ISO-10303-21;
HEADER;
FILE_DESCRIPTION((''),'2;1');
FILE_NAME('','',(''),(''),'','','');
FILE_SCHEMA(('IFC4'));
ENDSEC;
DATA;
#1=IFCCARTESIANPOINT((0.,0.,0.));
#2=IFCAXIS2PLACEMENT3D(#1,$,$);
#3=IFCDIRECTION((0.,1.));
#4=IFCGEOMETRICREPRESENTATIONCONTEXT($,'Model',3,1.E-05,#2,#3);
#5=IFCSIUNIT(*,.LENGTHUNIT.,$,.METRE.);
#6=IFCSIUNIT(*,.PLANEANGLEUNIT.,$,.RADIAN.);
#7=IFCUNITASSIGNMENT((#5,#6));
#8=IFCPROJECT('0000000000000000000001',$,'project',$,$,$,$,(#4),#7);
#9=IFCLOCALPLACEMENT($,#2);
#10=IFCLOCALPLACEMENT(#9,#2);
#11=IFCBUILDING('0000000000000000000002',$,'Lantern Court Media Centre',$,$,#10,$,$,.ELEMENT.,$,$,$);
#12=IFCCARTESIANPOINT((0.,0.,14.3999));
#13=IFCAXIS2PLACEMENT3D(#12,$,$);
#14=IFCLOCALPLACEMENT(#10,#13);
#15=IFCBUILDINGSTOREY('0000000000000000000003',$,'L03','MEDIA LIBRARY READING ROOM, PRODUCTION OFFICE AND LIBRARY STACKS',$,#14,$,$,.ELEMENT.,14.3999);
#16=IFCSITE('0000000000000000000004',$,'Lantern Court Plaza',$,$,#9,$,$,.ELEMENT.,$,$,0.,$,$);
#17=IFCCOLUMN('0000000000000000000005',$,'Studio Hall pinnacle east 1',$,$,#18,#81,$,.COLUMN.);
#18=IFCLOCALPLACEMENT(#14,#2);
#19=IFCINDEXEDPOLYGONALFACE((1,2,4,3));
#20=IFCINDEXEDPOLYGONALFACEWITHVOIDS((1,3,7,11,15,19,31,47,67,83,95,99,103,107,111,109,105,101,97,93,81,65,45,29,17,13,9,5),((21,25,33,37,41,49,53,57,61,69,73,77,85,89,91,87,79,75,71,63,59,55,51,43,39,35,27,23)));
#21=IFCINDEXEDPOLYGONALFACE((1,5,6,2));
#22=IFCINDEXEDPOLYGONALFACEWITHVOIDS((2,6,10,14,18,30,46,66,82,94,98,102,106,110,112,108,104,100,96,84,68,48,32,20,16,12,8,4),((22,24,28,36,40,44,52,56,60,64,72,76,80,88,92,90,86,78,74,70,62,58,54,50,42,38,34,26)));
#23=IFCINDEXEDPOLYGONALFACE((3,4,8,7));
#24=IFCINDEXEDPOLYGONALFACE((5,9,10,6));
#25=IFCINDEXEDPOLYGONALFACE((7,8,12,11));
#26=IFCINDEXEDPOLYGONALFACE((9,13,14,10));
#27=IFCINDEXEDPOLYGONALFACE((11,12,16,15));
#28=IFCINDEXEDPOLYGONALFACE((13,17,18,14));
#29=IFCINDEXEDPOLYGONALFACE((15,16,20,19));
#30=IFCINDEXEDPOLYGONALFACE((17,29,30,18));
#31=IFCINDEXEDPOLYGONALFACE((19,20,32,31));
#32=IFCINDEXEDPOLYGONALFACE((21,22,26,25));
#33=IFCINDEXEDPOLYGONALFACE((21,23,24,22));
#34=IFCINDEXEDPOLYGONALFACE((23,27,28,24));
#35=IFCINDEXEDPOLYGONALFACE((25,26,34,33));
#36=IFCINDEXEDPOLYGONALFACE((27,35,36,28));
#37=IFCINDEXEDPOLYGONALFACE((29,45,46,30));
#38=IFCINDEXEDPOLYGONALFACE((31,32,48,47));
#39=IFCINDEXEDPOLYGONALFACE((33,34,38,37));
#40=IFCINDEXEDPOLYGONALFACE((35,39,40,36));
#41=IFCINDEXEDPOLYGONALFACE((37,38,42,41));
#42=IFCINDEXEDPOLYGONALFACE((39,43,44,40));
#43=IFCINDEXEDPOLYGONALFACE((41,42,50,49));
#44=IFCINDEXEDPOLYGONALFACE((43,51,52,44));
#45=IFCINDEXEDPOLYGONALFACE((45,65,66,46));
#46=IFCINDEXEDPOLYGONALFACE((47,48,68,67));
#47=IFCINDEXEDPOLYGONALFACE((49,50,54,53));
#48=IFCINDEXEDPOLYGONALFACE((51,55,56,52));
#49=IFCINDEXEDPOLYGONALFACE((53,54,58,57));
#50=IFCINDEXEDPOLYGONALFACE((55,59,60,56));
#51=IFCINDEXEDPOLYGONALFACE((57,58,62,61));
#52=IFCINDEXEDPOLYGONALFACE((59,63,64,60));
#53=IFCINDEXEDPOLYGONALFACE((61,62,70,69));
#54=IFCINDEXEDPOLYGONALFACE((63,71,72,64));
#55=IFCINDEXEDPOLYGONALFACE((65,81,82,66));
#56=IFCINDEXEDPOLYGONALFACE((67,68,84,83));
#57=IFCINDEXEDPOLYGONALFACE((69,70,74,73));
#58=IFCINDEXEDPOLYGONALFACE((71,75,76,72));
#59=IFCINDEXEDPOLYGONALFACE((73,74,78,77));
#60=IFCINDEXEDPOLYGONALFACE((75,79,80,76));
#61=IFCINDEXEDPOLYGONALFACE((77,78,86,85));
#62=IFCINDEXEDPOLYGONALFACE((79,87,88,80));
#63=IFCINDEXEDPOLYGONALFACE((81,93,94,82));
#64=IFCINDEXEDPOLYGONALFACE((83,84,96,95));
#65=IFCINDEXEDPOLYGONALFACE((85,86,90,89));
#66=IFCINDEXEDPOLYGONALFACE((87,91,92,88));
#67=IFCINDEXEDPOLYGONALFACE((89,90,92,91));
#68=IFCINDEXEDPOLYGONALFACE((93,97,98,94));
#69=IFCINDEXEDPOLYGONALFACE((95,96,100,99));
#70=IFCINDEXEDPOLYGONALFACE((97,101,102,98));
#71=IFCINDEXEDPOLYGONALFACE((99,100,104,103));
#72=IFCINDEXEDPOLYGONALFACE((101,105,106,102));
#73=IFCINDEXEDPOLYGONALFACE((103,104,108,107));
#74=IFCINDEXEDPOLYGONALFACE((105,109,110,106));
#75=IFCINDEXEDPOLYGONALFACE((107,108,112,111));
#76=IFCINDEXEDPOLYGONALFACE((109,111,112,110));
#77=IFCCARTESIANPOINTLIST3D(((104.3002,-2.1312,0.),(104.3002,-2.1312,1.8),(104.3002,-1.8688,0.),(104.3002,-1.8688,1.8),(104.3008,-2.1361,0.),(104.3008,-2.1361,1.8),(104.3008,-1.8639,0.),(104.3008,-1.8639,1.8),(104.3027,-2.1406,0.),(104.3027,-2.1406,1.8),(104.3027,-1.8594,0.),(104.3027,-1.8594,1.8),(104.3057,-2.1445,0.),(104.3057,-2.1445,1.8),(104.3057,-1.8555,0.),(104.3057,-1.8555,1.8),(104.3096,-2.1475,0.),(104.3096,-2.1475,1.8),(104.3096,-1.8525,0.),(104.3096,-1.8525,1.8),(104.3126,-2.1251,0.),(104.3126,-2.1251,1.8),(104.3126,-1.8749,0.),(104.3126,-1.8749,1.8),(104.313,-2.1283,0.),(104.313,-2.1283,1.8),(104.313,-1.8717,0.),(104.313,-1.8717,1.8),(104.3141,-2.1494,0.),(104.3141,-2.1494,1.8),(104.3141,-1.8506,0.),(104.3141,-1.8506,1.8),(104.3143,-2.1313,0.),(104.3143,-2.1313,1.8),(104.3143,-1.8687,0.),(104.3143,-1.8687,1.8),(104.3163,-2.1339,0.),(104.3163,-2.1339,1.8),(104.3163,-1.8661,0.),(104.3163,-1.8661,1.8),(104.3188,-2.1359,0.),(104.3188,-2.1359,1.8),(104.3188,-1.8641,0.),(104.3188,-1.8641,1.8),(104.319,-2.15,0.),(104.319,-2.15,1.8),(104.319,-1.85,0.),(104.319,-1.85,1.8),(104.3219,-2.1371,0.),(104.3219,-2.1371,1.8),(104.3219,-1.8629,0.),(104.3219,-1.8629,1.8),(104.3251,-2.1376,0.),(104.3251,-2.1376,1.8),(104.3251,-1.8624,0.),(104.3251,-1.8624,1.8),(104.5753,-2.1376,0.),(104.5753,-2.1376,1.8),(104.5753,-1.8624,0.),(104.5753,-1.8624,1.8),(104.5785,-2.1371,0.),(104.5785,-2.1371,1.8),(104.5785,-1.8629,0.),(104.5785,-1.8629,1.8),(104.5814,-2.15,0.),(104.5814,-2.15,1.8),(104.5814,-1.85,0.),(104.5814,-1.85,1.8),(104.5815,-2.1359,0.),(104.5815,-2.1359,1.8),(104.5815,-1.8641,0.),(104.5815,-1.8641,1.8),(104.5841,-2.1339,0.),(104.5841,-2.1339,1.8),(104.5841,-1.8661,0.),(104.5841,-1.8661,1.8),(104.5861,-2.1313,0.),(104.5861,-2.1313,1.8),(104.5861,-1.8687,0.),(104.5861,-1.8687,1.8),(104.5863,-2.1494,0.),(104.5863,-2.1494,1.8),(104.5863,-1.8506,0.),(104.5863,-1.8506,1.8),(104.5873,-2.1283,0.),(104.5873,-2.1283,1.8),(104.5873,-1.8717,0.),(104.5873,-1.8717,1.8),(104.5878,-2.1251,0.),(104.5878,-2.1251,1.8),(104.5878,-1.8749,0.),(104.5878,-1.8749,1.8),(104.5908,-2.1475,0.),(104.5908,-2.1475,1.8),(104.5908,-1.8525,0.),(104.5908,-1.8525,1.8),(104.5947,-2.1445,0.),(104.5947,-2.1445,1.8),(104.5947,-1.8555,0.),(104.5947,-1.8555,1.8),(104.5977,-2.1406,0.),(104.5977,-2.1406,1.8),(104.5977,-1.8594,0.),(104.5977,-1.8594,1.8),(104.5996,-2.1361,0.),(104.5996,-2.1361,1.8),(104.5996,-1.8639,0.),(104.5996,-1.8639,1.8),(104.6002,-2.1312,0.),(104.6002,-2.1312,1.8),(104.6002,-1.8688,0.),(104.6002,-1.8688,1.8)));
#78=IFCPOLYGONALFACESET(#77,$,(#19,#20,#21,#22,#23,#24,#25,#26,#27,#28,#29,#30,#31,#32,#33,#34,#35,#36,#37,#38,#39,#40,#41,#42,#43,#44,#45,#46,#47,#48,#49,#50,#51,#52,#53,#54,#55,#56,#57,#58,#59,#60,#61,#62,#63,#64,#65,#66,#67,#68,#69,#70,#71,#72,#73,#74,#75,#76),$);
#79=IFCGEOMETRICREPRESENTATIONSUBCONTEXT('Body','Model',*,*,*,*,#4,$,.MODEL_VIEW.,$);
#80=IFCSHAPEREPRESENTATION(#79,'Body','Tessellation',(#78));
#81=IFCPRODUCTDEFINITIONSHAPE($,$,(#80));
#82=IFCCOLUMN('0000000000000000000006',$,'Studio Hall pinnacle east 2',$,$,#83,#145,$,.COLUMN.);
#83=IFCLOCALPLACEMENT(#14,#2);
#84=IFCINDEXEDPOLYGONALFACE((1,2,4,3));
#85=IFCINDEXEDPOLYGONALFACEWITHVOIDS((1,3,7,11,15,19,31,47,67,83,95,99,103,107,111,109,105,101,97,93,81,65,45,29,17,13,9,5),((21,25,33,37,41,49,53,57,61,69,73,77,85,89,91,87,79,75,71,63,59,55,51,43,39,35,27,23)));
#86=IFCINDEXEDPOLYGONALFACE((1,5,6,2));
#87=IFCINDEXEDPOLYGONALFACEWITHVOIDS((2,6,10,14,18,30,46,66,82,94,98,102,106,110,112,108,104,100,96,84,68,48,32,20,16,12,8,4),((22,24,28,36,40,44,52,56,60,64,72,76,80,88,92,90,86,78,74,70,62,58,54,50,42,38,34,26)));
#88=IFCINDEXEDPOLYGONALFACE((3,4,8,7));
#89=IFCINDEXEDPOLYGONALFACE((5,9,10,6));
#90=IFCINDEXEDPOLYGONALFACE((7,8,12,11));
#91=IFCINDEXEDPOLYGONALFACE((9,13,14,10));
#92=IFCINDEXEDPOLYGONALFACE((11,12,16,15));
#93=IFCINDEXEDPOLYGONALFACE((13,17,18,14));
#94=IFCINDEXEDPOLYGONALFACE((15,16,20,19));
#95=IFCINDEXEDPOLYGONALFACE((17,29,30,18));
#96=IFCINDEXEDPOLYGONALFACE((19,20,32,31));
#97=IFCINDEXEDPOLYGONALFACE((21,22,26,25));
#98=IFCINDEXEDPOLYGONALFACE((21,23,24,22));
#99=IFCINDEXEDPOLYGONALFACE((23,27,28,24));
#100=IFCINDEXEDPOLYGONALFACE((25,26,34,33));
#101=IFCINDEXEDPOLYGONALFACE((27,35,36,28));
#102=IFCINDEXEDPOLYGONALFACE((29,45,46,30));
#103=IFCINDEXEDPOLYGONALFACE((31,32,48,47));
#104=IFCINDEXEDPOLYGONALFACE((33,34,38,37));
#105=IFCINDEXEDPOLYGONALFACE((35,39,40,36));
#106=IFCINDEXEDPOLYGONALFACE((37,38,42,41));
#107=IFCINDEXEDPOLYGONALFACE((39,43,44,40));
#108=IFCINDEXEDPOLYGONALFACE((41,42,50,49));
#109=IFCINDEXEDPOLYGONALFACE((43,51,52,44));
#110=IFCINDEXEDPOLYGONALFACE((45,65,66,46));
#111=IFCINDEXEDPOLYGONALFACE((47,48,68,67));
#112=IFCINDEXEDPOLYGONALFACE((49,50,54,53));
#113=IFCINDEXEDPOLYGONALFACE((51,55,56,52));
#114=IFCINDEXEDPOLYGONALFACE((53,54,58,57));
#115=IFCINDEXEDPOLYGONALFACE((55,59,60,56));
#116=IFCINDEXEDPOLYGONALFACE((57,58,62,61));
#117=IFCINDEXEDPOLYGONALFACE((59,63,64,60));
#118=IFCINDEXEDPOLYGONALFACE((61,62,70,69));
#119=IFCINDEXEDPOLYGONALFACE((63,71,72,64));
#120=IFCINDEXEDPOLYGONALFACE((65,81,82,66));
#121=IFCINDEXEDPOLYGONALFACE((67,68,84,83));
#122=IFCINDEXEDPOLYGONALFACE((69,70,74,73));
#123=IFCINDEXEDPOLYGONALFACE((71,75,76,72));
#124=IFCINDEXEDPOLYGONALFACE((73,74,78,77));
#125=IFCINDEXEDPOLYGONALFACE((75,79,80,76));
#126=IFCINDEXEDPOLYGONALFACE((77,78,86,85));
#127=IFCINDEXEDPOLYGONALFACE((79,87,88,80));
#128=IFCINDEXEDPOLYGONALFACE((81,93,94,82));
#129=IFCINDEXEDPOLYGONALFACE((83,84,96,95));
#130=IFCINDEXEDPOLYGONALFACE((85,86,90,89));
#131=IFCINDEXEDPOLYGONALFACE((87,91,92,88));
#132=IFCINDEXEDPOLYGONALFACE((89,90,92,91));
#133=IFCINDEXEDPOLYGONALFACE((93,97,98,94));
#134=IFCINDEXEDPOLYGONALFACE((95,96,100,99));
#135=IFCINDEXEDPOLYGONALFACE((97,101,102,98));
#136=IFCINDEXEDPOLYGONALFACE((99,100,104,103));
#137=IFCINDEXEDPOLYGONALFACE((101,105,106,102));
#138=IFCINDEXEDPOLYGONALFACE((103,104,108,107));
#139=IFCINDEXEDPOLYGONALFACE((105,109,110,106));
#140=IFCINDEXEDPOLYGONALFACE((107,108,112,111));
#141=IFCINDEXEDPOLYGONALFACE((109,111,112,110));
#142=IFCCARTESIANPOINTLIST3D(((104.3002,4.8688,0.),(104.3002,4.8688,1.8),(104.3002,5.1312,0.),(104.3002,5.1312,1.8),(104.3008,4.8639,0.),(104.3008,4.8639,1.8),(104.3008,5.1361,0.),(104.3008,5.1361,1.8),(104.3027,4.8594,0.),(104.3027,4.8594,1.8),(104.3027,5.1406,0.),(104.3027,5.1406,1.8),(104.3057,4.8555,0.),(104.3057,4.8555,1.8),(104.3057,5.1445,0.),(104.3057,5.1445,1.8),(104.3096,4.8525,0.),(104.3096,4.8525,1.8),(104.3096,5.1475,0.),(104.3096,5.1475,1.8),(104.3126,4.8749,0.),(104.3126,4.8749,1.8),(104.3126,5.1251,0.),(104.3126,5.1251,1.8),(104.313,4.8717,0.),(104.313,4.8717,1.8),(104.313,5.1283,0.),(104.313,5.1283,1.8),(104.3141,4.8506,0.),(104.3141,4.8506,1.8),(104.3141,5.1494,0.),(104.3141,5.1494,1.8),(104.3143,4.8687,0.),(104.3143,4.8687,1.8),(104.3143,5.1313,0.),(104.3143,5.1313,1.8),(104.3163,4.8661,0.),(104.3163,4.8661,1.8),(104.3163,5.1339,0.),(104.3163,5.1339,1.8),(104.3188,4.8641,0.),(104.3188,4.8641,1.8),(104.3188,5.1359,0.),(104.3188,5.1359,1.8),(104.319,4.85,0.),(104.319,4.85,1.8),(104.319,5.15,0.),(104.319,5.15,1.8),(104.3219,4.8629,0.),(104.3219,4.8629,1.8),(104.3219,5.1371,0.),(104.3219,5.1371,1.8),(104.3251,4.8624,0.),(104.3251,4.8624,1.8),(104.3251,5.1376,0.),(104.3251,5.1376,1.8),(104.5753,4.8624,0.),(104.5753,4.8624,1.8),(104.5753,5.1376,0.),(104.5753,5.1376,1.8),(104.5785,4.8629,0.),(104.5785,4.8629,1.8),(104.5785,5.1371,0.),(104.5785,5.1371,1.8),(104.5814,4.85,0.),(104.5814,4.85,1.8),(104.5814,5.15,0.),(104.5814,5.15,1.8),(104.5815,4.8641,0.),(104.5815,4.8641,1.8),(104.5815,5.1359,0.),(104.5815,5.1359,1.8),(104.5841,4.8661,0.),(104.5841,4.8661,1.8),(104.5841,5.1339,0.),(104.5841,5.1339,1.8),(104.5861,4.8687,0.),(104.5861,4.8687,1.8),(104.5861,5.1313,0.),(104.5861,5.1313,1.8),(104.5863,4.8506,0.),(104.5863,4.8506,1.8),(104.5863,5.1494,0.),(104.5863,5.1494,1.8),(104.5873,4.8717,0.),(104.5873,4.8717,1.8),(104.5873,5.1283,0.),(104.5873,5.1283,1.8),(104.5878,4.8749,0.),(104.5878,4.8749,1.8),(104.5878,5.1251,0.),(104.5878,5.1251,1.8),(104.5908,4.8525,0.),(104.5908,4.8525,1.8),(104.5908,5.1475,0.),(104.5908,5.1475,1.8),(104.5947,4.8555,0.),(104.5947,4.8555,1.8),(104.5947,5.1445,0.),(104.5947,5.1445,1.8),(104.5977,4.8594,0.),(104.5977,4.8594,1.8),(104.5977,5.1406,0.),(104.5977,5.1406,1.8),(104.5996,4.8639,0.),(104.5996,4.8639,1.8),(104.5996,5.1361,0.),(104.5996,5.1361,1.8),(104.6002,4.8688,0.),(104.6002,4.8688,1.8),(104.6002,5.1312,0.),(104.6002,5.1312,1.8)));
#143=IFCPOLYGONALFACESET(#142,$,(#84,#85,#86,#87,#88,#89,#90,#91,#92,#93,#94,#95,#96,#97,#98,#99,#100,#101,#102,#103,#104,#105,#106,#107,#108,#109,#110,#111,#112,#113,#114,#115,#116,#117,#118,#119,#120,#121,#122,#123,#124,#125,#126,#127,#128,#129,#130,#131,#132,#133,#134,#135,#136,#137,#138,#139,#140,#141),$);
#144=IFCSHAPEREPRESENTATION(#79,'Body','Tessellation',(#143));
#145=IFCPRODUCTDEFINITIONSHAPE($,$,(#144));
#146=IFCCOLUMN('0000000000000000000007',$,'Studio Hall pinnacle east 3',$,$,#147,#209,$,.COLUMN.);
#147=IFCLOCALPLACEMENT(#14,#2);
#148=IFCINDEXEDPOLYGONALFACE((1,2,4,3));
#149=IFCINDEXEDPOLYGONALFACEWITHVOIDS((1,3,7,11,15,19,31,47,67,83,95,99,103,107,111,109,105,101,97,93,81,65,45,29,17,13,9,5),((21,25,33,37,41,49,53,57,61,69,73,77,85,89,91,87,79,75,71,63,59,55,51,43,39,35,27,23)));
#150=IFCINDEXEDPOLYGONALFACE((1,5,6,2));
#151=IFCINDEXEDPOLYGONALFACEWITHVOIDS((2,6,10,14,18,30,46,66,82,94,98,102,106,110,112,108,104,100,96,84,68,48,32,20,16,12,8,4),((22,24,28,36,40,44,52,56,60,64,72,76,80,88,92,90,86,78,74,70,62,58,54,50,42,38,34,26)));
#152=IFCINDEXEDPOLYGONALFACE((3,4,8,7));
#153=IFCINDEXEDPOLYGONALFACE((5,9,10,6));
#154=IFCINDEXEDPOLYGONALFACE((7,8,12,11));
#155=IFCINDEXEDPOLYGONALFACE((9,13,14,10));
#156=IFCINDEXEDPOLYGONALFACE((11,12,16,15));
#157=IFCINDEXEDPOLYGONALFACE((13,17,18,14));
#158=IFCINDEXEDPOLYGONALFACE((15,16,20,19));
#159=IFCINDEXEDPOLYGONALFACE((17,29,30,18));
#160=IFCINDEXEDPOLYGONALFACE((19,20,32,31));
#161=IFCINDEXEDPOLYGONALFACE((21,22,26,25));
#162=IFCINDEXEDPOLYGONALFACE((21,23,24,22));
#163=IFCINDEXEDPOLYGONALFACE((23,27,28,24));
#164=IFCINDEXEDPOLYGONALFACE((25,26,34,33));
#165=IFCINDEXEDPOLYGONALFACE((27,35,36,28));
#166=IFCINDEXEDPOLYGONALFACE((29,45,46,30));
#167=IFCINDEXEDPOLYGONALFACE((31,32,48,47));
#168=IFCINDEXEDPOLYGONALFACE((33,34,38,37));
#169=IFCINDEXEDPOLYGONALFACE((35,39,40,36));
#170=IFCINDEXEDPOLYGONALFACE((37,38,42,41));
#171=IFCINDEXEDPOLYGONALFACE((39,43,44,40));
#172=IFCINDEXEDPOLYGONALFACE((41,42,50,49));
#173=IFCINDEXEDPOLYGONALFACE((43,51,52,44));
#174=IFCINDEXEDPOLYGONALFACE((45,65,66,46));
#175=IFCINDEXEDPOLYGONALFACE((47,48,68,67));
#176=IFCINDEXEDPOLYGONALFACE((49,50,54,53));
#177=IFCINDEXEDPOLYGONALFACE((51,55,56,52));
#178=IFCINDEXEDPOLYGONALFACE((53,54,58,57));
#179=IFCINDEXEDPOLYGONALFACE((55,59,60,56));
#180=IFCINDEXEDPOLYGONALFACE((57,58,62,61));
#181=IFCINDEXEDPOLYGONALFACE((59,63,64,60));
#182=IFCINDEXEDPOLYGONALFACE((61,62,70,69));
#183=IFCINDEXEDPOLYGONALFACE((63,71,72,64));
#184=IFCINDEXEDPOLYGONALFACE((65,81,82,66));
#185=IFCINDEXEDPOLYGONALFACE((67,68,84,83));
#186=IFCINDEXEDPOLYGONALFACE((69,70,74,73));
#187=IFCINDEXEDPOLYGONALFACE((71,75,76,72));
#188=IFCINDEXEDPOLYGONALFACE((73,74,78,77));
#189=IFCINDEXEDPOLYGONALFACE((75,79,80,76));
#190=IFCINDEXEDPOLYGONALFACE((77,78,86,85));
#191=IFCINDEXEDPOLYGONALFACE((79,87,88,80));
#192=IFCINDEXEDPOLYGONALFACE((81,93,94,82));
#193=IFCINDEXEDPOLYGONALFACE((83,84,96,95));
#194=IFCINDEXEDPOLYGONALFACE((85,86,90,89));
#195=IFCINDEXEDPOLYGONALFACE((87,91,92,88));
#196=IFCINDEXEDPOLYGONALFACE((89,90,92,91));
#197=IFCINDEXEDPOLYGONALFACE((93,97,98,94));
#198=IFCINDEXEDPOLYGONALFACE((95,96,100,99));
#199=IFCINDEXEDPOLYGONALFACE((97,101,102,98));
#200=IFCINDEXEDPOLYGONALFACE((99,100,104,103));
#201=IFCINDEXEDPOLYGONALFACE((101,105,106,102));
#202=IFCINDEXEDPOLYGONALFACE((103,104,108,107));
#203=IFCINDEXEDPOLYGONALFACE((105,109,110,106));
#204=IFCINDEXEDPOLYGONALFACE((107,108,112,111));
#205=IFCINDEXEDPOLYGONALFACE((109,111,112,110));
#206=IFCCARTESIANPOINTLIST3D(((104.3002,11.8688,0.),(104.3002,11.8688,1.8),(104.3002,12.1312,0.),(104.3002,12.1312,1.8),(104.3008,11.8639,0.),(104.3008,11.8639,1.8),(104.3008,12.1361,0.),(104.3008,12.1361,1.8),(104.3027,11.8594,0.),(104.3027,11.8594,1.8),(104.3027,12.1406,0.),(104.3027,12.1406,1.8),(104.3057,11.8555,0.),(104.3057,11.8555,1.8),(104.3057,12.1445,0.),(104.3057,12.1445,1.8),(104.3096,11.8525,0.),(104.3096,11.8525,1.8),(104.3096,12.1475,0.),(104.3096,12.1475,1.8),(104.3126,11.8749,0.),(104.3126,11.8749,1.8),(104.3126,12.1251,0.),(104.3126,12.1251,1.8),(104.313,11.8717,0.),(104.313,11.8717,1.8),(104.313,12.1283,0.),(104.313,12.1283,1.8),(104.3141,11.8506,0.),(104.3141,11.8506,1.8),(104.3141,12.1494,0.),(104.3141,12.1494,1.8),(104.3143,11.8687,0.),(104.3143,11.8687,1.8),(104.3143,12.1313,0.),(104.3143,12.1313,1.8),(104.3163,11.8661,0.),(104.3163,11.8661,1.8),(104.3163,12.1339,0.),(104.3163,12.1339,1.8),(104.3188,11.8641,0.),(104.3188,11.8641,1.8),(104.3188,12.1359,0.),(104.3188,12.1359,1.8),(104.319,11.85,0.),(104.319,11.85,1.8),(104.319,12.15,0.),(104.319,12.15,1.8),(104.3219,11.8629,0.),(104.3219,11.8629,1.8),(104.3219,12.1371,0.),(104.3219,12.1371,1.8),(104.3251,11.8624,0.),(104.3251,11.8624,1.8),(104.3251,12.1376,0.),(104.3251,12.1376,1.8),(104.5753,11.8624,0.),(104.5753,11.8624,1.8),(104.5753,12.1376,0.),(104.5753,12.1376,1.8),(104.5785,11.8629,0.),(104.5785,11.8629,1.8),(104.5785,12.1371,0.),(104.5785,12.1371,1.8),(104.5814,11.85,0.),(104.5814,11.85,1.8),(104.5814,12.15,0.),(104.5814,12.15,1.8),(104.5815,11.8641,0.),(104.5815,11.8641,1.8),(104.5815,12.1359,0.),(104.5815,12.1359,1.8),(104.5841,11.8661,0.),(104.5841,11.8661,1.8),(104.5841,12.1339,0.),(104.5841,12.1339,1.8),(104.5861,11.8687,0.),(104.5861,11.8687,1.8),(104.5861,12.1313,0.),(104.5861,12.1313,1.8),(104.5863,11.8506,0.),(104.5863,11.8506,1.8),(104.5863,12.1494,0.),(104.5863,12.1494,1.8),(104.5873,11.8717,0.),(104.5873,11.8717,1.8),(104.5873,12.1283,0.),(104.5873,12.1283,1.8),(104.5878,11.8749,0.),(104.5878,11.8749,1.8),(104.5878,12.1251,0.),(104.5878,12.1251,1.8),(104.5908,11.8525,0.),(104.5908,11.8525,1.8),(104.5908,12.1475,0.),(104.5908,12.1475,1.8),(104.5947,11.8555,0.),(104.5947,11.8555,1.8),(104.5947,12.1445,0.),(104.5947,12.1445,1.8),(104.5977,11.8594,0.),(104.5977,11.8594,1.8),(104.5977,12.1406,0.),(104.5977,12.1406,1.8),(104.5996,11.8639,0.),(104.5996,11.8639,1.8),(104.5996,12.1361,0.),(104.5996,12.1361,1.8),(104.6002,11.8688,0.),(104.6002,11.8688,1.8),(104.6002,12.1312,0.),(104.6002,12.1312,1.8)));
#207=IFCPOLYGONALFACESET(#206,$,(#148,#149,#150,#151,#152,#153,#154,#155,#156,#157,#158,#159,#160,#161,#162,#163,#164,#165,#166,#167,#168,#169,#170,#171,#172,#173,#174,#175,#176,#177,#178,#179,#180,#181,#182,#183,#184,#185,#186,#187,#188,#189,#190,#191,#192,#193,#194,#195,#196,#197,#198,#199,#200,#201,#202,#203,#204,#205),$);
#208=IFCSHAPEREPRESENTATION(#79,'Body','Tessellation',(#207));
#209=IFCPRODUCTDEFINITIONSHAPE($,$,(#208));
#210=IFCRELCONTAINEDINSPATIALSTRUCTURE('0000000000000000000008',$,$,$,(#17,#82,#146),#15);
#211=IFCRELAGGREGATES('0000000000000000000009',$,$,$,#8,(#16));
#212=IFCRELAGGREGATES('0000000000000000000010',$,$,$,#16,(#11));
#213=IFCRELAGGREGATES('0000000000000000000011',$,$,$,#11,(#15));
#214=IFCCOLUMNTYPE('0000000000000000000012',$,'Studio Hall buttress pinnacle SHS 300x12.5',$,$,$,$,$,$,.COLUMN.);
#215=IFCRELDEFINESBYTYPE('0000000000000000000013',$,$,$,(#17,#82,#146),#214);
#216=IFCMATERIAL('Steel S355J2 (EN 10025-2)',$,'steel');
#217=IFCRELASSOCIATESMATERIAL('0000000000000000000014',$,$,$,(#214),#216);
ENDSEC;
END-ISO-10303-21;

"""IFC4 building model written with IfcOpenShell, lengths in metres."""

from ifc_helpers import new_model, si_unit, direction, frame, origin, origin_2d, place, context, subcontext, project, spatial, hollow_rectangle, extrude, material, material_profile, profile_set, type_object, element, save


model = new_model("IFC4")

# Units and contexts
model_context = context("Model", 3, precision=1e-05, world=origin(), true_north=direction((0.0, 1.0)))
body_context = subcontext(model_context, "Body", "Model", "MODEL_VIEW")
ifc_project = project(units=[si_unit("LENGTHUNIT", "METRE"), si_unit("PLANEANGLEUNIT", "RADIAN")], contexts=[model_context])

# Site, building, storey
site_placement = place(None, origin())
site = spatial("IfcSite", under=ifc_project, at=site_placement, Name="Lantern Court Plaza", CompositionType="ELEMENT", RefElevation=0.0)
building_placement = place(site_placement, origin())
building = spatial("IfcBuilding", under=site, at=building_placement, Name="Lantern Court Media Centre", CompositionType="ELEMENT")
storey_placement = place(building_placement, frame((0.0, 0.0, 14.3999)))
storey = spatial("IfcBuildingStorey", under=building, at=storey_placement, Name="L03", Description="MEDIA LIBRARY READING ROOM, PRODUCTION OFFICE AND LIBRARY STACKS", CompositionType="ELEMENT", Elevation=14.3999)

# Columns
ifc_material_1 = material(Name="Steel S355J2 (EN 10025-2)", Category="steel")
ifc_material_profile = material_profile(ifc_material_1, hollow_rectangle(XDim=0.3, YDim=0.3, WallThickness=0.0125, InnerFilletRadius=0.0125, OuterFilletRadius=0.0188, at=origin_2d()), Name="Studio Hall buttress pinnacle SHS 300x12.5")
ifc_profile_set = profile_set([ifc_material_profile], Name="Steel S355J2 (EN 10025-2)")
column_type = type_object("IfcColumnType", Name="Studio Hall buttress pinnacle SHS 300x12.5", PredefinedType="COLUMN", material=ifc_profile_set)
for number, where, z_axis, x_axis, name in (
    (1, (104.4502, -2.0, 0.0), (0.0, 0.0, 1.0), (1.0, 0.0, 0.0), "Studio Hall pinnacle east 1"),
    (2, (104.4502, 5.0, 0.0), (0.0, 0.0, 1.0), (1.0, 0.0, 0.0), "Studio Hall pinnacle east 2"),
    (3, (104.4502, 12.0, 0.0), (0.0, 0.0, 1.0), (1.0, 0.0, 0.0), "Studio Hall pinnacle east 3"),
):
    element("IfcColumn", number, at=place(storey_placement, frame(where, z_axis=z_axis, x_axis=x_axis)), inside=storey, type_object=column_type, Name=name, PredefinedType="COLUMN", context=body_context, shape_type="SweptSolid", body=[
        extrude(hollow_rectangle(XDim=0.3, YDim=0.3, WallThickness=0.0125, InnerFilletRadius=0.0125, OuterFilletRadius=0.0188, at=origin_2d()), origin(), (0.0, 0.0, 1.0), 1.8),
    ])

save(model, "model.ifc")
